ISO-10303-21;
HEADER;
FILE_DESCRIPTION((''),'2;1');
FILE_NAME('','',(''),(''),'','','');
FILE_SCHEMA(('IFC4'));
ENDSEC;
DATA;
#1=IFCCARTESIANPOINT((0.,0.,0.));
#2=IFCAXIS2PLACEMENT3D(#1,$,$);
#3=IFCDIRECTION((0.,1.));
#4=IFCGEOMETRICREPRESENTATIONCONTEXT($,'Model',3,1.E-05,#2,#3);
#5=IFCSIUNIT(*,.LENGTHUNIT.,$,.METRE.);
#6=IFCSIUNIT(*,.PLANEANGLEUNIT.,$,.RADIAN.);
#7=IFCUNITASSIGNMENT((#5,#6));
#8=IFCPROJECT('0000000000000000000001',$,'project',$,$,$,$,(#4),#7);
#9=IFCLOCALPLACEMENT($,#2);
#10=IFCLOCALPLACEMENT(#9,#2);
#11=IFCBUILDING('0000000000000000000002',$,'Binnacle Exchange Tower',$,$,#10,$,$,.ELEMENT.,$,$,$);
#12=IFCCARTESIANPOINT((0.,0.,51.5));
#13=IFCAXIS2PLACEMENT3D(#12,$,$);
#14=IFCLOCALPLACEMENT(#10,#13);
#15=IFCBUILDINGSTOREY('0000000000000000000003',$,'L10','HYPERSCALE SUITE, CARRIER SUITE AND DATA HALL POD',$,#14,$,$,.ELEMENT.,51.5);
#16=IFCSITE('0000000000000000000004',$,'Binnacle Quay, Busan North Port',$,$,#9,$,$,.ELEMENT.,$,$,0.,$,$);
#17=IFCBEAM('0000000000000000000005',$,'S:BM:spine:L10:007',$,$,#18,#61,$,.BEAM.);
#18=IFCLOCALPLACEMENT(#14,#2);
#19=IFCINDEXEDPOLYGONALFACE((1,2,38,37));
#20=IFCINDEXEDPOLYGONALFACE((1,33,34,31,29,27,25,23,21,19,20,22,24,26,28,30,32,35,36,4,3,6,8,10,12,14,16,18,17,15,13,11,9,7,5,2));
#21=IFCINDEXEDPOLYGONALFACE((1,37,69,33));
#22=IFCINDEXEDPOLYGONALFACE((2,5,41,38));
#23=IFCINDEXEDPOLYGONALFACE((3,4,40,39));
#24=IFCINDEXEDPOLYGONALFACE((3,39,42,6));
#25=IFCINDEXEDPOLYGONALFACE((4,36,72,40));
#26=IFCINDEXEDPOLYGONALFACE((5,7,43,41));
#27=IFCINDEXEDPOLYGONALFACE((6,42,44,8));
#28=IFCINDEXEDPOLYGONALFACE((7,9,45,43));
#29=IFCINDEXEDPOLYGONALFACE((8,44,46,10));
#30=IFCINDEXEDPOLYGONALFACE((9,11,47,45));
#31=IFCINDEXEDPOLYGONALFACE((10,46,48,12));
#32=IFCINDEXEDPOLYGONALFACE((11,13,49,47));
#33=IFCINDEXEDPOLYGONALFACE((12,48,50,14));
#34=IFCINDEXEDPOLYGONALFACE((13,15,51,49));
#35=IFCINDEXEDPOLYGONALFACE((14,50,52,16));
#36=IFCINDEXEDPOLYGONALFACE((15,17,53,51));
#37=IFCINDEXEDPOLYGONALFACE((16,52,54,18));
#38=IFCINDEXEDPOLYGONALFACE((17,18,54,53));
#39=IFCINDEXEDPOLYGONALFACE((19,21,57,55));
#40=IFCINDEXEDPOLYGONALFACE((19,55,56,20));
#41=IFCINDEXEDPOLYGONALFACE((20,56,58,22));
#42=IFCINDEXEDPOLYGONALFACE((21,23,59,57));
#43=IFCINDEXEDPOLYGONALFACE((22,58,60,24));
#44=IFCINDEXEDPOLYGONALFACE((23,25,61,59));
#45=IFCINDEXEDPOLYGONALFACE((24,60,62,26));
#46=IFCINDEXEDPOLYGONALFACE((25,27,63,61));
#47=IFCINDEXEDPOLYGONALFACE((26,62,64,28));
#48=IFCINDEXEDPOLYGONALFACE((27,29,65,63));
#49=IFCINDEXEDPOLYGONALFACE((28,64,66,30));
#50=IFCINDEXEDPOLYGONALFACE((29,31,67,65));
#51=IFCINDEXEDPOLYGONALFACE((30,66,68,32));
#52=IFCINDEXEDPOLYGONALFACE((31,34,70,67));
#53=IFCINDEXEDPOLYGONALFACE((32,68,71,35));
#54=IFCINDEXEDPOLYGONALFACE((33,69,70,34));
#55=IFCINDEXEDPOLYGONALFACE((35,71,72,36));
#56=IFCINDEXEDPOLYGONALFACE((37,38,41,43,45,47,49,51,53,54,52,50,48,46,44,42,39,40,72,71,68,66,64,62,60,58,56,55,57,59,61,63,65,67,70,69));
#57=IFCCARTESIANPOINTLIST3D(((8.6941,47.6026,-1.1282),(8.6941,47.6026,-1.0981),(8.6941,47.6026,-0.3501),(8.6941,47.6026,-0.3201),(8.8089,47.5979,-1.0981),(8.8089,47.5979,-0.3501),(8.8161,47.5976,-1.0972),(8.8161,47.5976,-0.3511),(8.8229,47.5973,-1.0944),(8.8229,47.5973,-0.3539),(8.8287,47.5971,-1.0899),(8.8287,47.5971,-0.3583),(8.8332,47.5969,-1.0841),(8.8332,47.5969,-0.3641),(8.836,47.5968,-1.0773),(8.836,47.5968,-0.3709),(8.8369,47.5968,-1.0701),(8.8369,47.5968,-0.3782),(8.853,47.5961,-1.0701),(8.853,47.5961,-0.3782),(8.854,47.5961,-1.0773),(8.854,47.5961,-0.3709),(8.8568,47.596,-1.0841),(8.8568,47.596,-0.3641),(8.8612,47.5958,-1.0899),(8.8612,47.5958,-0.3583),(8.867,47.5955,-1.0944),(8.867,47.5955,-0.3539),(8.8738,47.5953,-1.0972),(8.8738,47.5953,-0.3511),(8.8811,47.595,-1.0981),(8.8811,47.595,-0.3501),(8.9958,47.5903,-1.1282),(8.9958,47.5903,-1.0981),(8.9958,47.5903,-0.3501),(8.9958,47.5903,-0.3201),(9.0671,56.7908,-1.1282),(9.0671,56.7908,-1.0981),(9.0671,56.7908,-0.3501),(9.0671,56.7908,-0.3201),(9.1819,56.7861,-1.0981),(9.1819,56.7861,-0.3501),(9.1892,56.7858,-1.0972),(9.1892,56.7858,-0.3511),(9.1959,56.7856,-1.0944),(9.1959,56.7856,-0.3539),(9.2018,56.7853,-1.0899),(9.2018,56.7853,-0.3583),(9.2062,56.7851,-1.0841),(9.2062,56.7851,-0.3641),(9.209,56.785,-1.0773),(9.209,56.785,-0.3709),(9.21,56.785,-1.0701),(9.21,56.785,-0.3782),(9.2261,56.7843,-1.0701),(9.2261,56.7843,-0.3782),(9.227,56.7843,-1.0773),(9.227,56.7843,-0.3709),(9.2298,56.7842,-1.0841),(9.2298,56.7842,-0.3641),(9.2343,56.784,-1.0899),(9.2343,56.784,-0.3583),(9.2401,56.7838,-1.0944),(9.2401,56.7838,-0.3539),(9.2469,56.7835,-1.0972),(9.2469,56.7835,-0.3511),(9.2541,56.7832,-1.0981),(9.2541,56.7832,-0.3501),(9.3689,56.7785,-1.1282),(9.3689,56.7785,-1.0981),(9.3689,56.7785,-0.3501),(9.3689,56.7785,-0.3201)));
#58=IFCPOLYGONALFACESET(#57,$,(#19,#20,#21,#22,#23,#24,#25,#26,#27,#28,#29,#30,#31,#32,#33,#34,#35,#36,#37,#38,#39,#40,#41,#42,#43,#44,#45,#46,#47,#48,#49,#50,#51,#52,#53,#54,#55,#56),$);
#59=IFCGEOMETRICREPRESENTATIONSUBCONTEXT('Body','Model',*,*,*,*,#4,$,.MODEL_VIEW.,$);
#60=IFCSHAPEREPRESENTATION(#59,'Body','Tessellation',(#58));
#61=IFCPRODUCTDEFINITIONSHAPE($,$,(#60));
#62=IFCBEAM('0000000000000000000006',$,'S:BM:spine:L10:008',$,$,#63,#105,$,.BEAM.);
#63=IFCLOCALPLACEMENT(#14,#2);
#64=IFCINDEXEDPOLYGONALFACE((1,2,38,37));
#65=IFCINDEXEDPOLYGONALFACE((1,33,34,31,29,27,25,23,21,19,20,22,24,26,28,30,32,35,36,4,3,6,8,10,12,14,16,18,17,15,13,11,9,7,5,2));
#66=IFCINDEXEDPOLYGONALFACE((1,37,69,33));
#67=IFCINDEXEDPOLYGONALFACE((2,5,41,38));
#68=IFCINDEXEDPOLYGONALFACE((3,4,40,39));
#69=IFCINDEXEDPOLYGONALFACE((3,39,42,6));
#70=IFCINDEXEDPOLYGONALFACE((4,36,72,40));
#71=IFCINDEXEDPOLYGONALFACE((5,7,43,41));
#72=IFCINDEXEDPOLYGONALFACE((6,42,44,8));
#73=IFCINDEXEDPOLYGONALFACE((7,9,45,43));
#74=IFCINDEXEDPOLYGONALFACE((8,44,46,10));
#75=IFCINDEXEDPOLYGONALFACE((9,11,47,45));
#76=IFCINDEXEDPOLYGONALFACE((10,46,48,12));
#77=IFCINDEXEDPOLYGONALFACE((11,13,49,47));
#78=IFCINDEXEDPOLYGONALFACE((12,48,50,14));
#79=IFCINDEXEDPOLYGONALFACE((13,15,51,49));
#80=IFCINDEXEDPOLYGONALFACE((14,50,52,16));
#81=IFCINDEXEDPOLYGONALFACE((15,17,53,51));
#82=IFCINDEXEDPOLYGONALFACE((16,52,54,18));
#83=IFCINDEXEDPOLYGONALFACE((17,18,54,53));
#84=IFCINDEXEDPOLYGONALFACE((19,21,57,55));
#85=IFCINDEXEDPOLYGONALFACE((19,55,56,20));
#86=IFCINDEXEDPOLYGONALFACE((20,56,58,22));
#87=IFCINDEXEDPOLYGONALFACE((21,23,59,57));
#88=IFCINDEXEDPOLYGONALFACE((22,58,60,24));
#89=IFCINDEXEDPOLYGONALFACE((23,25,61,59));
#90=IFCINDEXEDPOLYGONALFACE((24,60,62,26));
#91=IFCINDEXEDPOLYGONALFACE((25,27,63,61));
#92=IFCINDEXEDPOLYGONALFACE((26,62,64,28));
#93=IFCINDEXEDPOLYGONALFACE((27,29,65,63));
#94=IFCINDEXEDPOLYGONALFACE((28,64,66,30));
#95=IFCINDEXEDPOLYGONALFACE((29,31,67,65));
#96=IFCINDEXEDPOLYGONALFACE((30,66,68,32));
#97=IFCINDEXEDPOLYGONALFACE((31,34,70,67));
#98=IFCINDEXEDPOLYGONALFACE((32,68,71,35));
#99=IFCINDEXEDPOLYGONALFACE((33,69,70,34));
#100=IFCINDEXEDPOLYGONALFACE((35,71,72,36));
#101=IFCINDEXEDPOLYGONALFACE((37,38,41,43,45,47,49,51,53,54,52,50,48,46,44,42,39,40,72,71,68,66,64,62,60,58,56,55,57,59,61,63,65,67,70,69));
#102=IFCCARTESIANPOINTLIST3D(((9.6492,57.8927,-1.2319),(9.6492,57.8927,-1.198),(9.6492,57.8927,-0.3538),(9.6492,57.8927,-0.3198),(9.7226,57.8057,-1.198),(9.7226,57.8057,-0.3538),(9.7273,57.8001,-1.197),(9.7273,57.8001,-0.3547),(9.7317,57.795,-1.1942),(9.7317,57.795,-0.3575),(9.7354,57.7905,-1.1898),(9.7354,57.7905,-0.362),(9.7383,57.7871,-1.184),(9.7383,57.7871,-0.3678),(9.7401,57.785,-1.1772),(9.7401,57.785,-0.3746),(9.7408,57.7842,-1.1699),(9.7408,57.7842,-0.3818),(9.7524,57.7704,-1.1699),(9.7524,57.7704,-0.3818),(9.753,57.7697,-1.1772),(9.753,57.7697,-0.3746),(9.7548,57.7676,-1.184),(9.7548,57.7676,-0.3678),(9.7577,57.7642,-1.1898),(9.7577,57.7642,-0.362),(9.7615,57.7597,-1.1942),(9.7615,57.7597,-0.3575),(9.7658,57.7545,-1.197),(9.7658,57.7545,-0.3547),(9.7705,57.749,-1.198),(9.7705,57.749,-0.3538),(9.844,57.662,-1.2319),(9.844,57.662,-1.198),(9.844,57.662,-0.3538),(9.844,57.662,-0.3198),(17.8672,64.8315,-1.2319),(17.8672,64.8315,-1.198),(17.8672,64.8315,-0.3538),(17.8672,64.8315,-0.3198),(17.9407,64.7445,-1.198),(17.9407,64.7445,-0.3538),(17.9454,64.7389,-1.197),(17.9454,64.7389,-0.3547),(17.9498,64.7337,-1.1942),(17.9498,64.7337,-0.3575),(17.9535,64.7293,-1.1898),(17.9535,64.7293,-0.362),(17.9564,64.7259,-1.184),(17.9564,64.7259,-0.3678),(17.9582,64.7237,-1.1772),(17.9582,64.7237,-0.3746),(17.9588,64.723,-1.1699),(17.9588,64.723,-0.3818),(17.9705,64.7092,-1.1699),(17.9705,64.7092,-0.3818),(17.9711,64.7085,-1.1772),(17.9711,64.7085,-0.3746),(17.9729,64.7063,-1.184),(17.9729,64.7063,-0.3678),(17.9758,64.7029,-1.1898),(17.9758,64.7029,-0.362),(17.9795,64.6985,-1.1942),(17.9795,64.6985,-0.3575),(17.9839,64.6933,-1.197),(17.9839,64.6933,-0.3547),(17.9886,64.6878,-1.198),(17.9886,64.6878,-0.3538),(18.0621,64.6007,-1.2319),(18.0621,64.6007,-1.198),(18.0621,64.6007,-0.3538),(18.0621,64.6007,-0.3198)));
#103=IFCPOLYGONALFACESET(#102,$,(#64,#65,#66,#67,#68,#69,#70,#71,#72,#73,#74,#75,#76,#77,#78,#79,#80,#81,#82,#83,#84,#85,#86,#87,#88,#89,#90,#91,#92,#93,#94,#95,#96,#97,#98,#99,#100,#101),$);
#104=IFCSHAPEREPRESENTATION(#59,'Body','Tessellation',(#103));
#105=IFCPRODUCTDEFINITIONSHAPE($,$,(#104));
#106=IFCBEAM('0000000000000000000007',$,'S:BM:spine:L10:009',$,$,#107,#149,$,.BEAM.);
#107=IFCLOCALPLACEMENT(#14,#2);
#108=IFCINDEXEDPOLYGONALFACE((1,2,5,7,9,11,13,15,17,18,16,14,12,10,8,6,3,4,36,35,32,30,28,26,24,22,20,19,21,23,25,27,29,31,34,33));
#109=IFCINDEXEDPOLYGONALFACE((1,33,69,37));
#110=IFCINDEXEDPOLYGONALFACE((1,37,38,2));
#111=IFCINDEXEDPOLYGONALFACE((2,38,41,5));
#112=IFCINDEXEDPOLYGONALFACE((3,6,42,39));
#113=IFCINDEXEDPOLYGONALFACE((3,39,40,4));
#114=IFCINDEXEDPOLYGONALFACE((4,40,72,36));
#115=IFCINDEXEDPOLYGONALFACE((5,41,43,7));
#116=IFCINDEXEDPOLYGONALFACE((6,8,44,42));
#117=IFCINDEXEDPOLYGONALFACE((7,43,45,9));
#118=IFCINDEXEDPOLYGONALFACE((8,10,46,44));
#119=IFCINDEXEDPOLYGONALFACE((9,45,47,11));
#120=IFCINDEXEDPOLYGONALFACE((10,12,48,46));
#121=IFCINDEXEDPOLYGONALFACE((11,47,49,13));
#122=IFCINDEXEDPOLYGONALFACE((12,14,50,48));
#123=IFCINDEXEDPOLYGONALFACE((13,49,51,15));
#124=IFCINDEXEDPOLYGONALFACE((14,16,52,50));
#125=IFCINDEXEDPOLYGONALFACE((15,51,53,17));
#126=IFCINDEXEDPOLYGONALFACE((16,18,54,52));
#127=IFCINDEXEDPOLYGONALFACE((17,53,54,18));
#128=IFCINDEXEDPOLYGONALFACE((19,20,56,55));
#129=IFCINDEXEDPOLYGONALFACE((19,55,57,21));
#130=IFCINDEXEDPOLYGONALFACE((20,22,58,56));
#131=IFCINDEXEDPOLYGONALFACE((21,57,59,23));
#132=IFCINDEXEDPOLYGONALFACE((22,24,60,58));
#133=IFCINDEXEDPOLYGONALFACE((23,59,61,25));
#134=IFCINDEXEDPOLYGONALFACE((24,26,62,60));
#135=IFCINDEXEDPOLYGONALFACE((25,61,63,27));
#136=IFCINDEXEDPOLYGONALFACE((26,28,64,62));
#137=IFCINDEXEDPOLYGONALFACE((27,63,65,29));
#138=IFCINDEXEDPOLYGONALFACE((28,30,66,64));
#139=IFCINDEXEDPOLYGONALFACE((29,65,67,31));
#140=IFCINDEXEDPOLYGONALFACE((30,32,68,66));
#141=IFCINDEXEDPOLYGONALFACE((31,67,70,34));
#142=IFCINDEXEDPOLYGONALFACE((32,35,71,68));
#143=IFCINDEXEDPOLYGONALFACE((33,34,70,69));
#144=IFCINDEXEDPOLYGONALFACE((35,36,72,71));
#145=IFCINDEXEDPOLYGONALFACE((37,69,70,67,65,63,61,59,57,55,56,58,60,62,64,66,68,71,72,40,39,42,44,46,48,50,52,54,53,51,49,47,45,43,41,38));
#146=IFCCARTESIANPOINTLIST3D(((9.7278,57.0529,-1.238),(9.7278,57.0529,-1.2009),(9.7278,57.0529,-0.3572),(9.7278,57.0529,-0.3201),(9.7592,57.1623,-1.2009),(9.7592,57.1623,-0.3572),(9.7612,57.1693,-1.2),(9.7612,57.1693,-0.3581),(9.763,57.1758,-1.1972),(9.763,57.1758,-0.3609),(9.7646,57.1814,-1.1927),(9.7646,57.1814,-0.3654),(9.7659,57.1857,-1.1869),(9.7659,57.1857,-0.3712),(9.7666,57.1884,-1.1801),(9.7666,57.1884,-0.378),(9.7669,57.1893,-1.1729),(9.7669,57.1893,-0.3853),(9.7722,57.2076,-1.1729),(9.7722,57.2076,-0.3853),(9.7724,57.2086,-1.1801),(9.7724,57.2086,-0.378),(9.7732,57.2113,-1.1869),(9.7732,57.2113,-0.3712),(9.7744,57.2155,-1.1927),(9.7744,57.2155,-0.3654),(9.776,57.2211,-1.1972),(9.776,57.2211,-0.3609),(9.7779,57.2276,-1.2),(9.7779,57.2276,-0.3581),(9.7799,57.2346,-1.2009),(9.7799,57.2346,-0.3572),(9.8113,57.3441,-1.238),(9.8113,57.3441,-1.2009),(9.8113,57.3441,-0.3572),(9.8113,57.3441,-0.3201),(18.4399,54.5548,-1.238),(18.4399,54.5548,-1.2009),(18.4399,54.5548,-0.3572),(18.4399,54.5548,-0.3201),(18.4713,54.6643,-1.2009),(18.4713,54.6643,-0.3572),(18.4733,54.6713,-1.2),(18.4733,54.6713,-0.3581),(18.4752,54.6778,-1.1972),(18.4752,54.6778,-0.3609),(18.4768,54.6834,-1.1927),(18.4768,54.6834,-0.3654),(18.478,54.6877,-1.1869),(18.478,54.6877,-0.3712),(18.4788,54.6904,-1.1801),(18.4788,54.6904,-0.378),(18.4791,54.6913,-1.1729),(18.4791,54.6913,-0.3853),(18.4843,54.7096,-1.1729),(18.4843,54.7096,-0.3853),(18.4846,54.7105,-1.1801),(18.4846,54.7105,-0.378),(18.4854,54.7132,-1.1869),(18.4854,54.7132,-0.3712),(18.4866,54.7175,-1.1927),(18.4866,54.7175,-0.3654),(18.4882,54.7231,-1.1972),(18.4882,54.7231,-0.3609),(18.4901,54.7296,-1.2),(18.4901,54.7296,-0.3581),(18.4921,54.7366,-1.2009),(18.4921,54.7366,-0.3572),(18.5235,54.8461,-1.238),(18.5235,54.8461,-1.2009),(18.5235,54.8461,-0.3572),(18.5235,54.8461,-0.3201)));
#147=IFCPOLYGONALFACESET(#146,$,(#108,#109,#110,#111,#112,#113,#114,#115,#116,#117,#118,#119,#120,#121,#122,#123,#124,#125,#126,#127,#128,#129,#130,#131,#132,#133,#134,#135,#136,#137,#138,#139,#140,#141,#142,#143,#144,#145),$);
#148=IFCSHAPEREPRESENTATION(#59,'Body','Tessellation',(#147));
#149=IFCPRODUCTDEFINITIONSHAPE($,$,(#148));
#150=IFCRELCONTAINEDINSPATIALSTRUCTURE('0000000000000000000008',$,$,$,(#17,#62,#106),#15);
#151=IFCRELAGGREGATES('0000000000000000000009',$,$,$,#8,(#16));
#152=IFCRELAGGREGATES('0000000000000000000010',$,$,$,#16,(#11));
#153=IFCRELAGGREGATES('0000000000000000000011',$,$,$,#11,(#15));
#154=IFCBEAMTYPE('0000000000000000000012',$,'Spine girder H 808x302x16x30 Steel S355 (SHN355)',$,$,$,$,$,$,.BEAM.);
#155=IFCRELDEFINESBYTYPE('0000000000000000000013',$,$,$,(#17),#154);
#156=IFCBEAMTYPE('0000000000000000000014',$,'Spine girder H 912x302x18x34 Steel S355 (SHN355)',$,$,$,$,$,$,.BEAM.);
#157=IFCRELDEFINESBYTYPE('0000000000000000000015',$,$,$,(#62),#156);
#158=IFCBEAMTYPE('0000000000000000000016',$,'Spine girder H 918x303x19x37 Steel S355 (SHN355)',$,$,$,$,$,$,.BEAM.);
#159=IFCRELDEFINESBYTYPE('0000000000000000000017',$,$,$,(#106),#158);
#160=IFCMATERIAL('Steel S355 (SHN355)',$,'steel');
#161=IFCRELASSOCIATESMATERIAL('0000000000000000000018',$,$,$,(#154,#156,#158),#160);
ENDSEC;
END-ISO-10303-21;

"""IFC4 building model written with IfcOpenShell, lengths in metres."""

from ifc_helpers import new_model, si_unit, direction, frame, origin, origin_2d, place, context, subcontext, project, spatial, i_section, extrude, material, material_profile, profile_set, type_object, element, save


model = new_model("IFC4")

# Units and contexts
model_context = context("Model", 3, precision=1e-05, world=origin(), true_north=direction((0.0, 1.0)))
body_context = subcontext(model_context, "Body", "Model", "MODEL_VIEW")
ifc_project = project(units=[si_unit("LENGTHUNIT", "METRE"), si_unit("PLANEANGLEUNIT", "RADIAN")], contexts=[model_context])

# Site, building, storey
site_placement = place(None, origin())
site = spatial("IfcSite", under=ifc_project, at=site_placement, Name="Binnacle Quay, Busan North Port", CompositionType="ELEMENT", RefElevation=0.0)
building_placement = place(site_placement, origin())
building = spatial("IfcBuilding", under=site, at=building_placement, Name="Binnacle Exchange Tower", CompositionType="ELEMENT")
storey_placement = place(building_placement, frame((0.0, 0.0, 51.5)))
storey = spatial("IfcBuildingStorey", under=building, at=storey_placement, Name="L10", Description="HYPERSCALE SUITE, CARRIER SUITE AND DATA HALL POD", CompositionType="ELEMENT", Elevation=51.5)

# Beams
ifc_material_1 = material(Name="Steel S355 (SHN355)", Category="steel")
ifc_material_profile_1 = material_profile(ifc_material_1, i_section(OverallWidth=0.302, OverallDepth=0.8081, WebThickness=0.0161, FlangeThickness=0.03, FilletRadius=0.0281, at=origin_2d()), Name="H 808x302x16x30")
ifc_profile_set_1 = profile_set([ifc_material_profile_1], Name="Steel S355 (SHN355)")
beam_type_1 = type_object("IfcBeamType", Name="Spine girder H 808x302x16x30 Steel S355 (SHN355)", PredefinedType="BEAM", material=ifc_profile_set_1)
beam_1_placement = place(storey_placement, frame((9.218, 56.7847, -0.7241), z_axis=(-0.040567, -0.999177, 0.0), x_axis=(0.999177, -0.040567, 0.0)))
element("IfcBeam", 1, at=beam_1_placement, inside=storey, type_object=beam_type_1, Name="S:BM:spine:L10:007", PredefinedType="BEAM", context=body_context, shape_type="SweptSolid", body=[
    extrude(i_section(OverallWidth=0.302, OverallDepth=0.8081, WebThickness=0.0161, FlangeThickness=0.03, FilletRadius=0.0281, at=origin_2d()), origin(), (0.0, 0.0, 1.0), 9.1958),
])
ifc_material_profile_2 = material_profile(ifc_material_1, i_section(OverallWidth=0.302, OverallDepth=0.9121, WebThickness=0.0181, FlangeThickness=0.0339, FilletRadius=0.0281, at=origin_2d()), Name="H 912x302x18x34")
ifc_profile_set_2 = profile_set([ifc_material_profile_2], Name="Steel S355 (SHN355)")
beam_type_2 = type_object("IfcBeamType", Name="Spine girder H 912x302x18x34 Steel S355 (SHN355)", PredefinedType="BEAM", material=ifc_profile_set_2)
beam_2_placement = place(storey_placement, frame((9.7466, 57.7773, -0.7759), z_axis=(0.764073, 0.64513, 0.0), x_axis=(-0.64513, 0.764073, 0.0)))
element("IfcBeam", 2, at=beam_2_placement, inside=storey, type_object=beam_type_2, Name="S:BM:spine:L10:008", PredefinedType="BEAM", context=body_context, shape_type="SweptSolid", body=[
    extrude(i_section(OverallWidth=0.302, OverallDepth=0.9121, WebThickness=0.0181, FlangeThickness=0.0339, FilletRadius=0.0281, at=origin_2d()), origin(), (0.0, 0.0, 1.0), 10.7556),
])
ifc_material_profile_3 = material_profile(ifc_material_1, i_section(OverallWidth=0.303, OverallDepth=0.918, WebThickness=0.019, FlangeThickness=0.0371, FilletRadius=0.0281, at=origin_2d()), Name="H 918x303x19x37")
ifc_profile_set_3 = profile_set([ifc_material_profile_3], Name="Steel S355 (SHN355)")
beam_type_3 = type_object("IfcBeamType", Name="Spine girder H 918x303x19x37 Steel S355 (SHN355)", PredefinedType="BEAM", material=ifc_profile_set_3)
beam_3_placement = place(storey_placement, frame((9.7695, 57.1985, -0.7791), z_axis=(0.961265, -0.275625, 0.0), x_axis=(0.275625, 0.961265, 0.0)))
element("IfcBeam", 3, at=beam_3_placement, inside=storey, type_object=beam_type_3, Name="S:BM:spine:L10:009", PredefinedType="BEAM", context=body_context, shape_type="SweptSolid", body=[
    extrude(i_section(OverallWidth=0.303, OverallDepth=0.918, WebThickness=0.019, FlangeThickness=0.0371, FilletRadius=0.0281, at=origin_2d()), origin(), (0.0, 0.0, 1.0), 9.0632),
])

save(model, "model.ifc")
